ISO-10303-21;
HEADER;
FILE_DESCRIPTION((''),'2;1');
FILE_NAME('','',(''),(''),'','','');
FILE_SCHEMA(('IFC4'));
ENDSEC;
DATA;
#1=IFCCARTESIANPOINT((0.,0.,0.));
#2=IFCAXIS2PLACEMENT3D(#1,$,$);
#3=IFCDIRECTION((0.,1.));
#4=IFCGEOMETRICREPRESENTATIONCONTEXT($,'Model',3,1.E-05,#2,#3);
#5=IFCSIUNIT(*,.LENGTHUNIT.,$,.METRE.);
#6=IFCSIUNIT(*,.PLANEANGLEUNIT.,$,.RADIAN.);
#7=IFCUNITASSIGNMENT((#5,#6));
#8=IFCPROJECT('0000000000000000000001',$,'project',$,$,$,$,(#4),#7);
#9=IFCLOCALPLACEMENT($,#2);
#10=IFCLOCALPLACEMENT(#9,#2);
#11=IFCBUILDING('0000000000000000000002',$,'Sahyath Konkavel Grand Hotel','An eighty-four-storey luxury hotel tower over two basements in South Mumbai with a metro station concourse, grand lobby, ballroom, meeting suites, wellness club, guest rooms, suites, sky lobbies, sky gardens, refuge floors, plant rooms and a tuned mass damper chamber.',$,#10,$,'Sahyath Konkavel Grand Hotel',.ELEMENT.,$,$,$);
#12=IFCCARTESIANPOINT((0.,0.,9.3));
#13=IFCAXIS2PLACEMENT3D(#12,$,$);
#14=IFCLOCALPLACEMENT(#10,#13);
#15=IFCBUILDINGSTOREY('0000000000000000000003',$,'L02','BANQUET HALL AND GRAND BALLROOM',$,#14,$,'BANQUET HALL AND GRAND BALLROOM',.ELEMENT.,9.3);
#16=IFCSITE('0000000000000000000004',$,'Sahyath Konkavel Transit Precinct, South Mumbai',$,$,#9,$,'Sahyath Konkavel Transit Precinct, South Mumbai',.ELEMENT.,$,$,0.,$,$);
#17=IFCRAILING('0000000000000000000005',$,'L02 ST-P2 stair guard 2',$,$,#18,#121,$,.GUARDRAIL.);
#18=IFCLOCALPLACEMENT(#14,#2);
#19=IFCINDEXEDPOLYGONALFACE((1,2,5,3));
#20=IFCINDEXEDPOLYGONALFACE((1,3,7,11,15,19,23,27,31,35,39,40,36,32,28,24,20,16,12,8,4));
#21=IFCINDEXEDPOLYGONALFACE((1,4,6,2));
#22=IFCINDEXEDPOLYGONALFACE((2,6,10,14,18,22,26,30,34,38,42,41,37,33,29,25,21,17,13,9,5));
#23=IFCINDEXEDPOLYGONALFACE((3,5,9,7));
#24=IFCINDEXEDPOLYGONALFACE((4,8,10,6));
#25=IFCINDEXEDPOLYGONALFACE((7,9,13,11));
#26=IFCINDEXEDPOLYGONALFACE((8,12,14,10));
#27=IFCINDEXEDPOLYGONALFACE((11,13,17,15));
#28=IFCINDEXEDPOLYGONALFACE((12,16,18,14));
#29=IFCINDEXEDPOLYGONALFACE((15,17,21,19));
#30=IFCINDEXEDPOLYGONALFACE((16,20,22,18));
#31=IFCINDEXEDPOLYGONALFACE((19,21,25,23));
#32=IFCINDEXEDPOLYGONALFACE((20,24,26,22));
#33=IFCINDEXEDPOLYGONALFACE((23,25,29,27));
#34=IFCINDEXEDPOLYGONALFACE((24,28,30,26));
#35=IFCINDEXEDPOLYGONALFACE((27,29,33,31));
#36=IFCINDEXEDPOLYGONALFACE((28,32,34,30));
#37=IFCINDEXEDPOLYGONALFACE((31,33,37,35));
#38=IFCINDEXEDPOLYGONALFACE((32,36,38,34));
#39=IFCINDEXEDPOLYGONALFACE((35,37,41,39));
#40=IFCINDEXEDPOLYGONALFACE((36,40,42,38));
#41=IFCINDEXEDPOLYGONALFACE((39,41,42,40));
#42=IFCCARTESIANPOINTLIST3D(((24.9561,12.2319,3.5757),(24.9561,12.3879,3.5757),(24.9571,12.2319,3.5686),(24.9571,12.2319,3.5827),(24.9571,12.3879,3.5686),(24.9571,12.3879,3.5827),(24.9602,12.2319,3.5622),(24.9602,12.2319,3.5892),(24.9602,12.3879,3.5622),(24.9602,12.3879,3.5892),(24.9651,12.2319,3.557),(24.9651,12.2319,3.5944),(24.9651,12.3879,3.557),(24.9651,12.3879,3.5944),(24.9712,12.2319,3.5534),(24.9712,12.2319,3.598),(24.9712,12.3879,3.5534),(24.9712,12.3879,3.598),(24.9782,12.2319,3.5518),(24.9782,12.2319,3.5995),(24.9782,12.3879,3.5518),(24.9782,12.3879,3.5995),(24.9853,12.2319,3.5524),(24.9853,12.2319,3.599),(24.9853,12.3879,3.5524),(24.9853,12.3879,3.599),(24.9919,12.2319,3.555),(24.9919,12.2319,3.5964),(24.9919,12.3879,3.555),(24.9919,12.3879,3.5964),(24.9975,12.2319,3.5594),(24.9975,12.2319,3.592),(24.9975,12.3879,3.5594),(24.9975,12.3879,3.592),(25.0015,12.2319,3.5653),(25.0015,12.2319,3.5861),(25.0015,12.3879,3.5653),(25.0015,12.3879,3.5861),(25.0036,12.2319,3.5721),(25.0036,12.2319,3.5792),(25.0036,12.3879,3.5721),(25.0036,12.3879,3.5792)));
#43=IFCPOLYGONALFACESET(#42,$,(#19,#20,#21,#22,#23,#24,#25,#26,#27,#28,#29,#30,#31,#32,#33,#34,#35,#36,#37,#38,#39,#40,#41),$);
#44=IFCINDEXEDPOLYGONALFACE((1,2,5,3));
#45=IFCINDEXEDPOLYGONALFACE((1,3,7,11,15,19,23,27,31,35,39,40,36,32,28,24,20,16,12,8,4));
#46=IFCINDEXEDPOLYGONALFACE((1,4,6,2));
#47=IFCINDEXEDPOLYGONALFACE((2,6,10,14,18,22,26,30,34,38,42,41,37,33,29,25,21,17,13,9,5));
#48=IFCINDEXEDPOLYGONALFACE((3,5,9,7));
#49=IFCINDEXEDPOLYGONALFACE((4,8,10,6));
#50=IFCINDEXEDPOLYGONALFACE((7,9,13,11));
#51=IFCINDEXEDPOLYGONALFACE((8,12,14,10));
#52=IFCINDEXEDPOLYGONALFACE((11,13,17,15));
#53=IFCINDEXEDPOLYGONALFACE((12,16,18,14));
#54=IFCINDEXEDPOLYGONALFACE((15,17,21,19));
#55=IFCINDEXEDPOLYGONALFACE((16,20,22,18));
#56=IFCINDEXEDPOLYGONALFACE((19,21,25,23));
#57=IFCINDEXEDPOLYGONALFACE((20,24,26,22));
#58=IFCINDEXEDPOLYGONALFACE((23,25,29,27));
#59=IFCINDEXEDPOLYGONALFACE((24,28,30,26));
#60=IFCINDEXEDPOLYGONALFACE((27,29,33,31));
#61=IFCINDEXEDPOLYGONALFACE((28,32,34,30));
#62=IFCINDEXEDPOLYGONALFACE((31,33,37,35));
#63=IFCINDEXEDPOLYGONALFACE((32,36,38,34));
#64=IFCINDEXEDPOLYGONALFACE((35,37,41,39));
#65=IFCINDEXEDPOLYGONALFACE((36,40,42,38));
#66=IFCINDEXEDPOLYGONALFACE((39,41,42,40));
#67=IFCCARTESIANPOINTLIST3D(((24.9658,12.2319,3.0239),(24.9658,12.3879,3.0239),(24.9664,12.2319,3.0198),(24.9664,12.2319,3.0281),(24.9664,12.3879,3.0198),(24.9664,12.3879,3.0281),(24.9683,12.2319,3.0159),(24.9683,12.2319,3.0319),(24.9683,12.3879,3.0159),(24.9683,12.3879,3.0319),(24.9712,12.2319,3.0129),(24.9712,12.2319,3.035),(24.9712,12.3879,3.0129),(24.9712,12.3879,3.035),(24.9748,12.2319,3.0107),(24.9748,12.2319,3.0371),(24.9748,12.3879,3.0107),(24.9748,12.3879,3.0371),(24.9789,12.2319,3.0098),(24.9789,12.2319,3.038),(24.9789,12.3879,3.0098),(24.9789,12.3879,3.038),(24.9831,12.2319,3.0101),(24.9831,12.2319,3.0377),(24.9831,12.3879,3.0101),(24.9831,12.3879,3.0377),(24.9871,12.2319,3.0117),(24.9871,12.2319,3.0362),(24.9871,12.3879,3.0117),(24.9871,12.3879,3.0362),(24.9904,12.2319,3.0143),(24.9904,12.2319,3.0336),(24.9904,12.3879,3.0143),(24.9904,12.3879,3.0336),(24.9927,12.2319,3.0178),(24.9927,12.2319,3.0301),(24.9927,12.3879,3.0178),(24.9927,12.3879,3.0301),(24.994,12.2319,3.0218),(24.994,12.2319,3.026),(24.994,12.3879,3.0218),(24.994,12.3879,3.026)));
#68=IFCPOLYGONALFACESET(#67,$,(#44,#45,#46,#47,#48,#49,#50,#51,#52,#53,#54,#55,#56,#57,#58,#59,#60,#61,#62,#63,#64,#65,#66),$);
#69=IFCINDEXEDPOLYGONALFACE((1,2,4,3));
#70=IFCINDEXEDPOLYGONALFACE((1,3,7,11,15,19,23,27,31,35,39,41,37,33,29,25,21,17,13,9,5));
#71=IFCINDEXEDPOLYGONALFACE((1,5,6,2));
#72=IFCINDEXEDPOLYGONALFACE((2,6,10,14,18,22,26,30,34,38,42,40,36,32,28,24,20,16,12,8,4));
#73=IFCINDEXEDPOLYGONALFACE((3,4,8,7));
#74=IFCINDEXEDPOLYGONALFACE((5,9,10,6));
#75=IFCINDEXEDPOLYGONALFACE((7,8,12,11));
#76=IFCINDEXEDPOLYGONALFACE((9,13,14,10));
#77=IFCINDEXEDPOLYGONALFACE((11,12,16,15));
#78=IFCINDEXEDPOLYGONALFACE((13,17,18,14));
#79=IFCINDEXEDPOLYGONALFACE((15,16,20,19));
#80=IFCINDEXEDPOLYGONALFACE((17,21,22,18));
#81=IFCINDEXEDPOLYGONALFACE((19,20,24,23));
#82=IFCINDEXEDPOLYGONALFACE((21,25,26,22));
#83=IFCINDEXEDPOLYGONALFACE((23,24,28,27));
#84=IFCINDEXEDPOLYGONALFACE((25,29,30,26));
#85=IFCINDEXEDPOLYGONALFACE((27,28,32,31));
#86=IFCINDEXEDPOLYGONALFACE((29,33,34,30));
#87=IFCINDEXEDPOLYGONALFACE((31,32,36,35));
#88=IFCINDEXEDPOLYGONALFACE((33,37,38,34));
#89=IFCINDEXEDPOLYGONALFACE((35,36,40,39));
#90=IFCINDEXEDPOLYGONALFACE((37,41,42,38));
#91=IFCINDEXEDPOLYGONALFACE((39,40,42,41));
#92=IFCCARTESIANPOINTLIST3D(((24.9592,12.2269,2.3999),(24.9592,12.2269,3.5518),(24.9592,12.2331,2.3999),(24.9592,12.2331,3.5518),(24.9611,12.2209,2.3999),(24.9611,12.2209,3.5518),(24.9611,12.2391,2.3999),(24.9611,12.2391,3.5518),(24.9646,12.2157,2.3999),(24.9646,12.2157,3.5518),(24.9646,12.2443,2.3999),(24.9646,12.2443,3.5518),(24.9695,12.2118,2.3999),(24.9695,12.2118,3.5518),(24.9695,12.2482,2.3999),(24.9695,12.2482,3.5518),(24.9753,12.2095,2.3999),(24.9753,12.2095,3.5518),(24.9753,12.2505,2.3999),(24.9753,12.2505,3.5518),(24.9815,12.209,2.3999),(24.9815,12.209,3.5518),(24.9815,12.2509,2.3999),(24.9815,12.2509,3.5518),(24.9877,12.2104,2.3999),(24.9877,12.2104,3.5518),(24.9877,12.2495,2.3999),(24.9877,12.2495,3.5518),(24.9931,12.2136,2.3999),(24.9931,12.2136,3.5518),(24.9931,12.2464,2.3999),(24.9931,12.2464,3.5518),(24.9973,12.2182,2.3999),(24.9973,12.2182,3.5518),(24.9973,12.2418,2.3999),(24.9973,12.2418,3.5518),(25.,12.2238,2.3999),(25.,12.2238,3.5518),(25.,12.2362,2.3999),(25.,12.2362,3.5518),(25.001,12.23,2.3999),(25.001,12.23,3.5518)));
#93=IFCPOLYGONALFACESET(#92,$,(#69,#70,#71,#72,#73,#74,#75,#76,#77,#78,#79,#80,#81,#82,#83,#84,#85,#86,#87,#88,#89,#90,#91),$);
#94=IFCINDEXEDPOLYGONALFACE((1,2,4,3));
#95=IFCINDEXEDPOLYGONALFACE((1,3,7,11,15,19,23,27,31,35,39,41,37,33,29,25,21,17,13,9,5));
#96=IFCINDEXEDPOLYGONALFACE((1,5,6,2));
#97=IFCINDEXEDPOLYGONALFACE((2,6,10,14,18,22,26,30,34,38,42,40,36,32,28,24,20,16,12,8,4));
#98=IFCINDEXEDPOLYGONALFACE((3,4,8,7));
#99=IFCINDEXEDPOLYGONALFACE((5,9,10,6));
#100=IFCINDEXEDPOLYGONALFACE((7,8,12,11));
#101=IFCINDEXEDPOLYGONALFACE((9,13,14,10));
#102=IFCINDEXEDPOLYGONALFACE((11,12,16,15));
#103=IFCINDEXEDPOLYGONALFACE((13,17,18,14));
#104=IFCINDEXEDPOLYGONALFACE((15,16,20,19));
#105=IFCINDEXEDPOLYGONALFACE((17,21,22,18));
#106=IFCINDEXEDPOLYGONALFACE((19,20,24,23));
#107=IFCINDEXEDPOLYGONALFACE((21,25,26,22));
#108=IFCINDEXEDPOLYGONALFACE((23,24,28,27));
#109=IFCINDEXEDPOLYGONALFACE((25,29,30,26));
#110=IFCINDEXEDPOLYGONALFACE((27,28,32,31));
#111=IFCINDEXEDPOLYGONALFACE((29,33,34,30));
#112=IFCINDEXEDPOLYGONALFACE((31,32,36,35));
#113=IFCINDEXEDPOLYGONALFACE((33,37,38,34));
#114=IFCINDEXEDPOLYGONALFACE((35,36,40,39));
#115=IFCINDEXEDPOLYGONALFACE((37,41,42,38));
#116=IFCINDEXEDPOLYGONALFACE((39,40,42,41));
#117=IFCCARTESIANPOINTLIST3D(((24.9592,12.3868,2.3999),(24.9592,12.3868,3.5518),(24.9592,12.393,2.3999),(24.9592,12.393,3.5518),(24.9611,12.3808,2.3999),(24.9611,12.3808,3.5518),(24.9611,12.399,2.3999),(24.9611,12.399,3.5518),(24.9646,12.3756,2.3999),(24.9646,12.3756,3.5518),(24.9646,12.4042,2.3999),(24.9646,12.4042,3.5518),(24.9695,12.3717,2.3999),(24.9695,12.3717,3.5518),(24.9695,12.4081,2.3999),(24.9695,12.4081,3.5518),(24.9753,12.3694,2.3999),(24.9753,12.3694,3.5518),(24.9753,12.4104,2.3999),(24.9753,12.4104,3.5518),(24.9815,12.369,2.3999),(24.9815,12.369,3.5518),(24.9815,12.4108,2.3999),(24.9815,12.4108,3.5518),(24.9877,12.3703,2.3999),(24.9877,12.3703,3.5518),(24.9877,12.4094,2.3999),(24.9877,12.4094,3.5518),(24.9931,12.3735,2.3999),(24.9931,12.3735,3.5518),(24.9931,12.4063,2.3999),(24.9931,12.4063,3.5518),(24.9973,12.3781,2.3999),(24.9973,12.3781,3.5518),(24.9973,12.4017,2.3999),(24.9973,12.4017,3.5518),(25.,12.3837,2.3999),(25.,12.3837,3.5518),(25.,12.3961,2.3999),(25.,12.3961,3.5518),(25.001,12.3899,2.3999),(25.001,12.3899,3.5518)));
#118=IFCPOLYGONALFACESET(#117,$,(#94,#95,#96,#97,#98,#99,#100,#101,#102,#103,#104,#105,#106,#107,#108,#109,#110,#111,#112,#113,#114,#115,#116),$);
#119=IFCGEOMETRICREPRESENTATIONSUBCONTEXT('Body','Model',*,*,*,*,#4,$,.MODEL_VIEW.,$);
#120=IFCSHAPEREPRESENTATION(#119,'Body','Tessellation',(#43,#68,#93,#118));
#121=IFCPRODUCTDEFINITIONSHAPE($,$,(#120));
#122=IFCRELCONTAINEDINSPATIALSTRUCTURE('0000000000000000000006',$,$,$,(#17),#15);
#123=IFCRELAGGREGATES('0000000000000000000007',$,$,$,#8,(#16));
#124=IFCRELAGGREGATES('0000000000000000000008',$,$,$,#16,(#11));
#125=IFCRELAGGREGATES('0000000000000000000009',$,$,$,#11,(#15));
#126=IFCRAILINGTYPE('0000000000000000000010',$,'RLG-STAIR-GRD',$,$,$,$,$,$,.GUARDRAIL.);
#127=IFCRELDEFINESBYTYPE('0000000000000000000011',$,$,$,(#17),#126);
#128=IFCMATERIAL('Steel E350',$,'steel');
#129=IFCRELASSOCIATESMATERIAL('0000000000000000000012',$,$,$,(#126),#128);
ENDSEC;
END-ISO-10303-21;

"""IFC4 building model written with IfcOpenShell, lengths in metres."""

from ifc_helpers import new_model, si_unit, direction, frame, origin, origin_2d, place, context, subcontext, project, spatial, circle, extrude, material, type_object, element, save


model = new_model("IFC4")

# Units and contexts
model_context = context("Model", 3, precision=1e-05, world=origin(), true_north=direction((0.0, 1.0)))
body_context = subcontext(model_context, "Body", "Model", "MODEL_VIEW")
ifc_project = project(units=[si_unit("LENGTHUNIT", "METRE"), si_unit("PLANEANGLEUNIT", "RADIAN")], contexts=[model_context])

# Site, building, storey
site_placement = place(None, origin())
site = spatial("IfcSite", under=ifc_project, at=site_placement, Name="Sahyath Konkavel Transit Precinct, South Mumbai", LongName="Sahyath Konkavel Transit Precinct, South Mumbai", CompositionType="ELEMENT", RefElevation=0.0)
building_placement = place(site_placement, origin())
building = spatial("IfcBuilding", under=site, at=building_placement, Name="Sahyath Konkavel Grand Hotel", Description="An eighty-four-storey luxury hotel tower over two basements in South Mumbai with a metro station concourse, grand lobby, ballroom, meeting suites, wellness club, guest rooms, suites, sky lobbies, sky gardens, refuge floors, plant rooms and a tuned mass damper chamber.", LongName="Sahyath Konkavel Grand Hotel", CompositionType="ELEMENT")
storey_placement = place(building_placement, frame((0.0, 0.0, 9.3)))
storey = spatial("IfcBuildingStorey", under=building, at=storey_placement, Name="L02", Description="BANQUET HALL AND GRAND BALLROOM", LongName="BANQUET HALL AND GRAND BALLROOM", CompositionType="ELEMENT", Elevation=9.3)

# Railing
ifc_material_1 = material(Name="Steel E350", Category="steel")
railing_type_1 = type_object("IfcRailingType", Name="RLG-STAIR-GRD", PredefinedType="GUARDRAIL", material=ifc_material_1)
railing_1_placement = place(storey_placement, frame((24.98, 12.23, 2.3999)))
element("IfcRailing", 1, at=railing_1_placement, inside=storey, type_object=railing_type_1, Name="L02 ST-P2 stair guard 2", PredefinedType="GUARDRAIL", context=body_context, shape_type="SweptSolid", body=[
    extrude(circle(Radius=0.0239, at=origin_2d()), frame((0.0, 0.002, 1.1758), z_axis=(0.0, 1.0, 0.0), x_axis=(-1.0, 0.0, 0.0)), (0.0, 0.0, 1.0), 0.156),
    extrude(circle(Radius=0.0142, at=origin_2d()), frame((0.0, 0.002, 0.624), z_axis=(0.0, 1.0, 0.0), x_axis=(-1.0, 0.0, 0.0)), (0.0, 0.0, 1.0), 0.156),
    extrude(circle(Radius=0.021, at=origin_2d()), origin(), (0.0, 0.0, 1.0), 1.1519),
    extrude(circle(Radius=0.021, at=origin_2d()), frame((0.0, 0.1599, 0.0)), (0.0, 0.0, 1.0), 1.1519),
])

save(model, "model.ifc")
